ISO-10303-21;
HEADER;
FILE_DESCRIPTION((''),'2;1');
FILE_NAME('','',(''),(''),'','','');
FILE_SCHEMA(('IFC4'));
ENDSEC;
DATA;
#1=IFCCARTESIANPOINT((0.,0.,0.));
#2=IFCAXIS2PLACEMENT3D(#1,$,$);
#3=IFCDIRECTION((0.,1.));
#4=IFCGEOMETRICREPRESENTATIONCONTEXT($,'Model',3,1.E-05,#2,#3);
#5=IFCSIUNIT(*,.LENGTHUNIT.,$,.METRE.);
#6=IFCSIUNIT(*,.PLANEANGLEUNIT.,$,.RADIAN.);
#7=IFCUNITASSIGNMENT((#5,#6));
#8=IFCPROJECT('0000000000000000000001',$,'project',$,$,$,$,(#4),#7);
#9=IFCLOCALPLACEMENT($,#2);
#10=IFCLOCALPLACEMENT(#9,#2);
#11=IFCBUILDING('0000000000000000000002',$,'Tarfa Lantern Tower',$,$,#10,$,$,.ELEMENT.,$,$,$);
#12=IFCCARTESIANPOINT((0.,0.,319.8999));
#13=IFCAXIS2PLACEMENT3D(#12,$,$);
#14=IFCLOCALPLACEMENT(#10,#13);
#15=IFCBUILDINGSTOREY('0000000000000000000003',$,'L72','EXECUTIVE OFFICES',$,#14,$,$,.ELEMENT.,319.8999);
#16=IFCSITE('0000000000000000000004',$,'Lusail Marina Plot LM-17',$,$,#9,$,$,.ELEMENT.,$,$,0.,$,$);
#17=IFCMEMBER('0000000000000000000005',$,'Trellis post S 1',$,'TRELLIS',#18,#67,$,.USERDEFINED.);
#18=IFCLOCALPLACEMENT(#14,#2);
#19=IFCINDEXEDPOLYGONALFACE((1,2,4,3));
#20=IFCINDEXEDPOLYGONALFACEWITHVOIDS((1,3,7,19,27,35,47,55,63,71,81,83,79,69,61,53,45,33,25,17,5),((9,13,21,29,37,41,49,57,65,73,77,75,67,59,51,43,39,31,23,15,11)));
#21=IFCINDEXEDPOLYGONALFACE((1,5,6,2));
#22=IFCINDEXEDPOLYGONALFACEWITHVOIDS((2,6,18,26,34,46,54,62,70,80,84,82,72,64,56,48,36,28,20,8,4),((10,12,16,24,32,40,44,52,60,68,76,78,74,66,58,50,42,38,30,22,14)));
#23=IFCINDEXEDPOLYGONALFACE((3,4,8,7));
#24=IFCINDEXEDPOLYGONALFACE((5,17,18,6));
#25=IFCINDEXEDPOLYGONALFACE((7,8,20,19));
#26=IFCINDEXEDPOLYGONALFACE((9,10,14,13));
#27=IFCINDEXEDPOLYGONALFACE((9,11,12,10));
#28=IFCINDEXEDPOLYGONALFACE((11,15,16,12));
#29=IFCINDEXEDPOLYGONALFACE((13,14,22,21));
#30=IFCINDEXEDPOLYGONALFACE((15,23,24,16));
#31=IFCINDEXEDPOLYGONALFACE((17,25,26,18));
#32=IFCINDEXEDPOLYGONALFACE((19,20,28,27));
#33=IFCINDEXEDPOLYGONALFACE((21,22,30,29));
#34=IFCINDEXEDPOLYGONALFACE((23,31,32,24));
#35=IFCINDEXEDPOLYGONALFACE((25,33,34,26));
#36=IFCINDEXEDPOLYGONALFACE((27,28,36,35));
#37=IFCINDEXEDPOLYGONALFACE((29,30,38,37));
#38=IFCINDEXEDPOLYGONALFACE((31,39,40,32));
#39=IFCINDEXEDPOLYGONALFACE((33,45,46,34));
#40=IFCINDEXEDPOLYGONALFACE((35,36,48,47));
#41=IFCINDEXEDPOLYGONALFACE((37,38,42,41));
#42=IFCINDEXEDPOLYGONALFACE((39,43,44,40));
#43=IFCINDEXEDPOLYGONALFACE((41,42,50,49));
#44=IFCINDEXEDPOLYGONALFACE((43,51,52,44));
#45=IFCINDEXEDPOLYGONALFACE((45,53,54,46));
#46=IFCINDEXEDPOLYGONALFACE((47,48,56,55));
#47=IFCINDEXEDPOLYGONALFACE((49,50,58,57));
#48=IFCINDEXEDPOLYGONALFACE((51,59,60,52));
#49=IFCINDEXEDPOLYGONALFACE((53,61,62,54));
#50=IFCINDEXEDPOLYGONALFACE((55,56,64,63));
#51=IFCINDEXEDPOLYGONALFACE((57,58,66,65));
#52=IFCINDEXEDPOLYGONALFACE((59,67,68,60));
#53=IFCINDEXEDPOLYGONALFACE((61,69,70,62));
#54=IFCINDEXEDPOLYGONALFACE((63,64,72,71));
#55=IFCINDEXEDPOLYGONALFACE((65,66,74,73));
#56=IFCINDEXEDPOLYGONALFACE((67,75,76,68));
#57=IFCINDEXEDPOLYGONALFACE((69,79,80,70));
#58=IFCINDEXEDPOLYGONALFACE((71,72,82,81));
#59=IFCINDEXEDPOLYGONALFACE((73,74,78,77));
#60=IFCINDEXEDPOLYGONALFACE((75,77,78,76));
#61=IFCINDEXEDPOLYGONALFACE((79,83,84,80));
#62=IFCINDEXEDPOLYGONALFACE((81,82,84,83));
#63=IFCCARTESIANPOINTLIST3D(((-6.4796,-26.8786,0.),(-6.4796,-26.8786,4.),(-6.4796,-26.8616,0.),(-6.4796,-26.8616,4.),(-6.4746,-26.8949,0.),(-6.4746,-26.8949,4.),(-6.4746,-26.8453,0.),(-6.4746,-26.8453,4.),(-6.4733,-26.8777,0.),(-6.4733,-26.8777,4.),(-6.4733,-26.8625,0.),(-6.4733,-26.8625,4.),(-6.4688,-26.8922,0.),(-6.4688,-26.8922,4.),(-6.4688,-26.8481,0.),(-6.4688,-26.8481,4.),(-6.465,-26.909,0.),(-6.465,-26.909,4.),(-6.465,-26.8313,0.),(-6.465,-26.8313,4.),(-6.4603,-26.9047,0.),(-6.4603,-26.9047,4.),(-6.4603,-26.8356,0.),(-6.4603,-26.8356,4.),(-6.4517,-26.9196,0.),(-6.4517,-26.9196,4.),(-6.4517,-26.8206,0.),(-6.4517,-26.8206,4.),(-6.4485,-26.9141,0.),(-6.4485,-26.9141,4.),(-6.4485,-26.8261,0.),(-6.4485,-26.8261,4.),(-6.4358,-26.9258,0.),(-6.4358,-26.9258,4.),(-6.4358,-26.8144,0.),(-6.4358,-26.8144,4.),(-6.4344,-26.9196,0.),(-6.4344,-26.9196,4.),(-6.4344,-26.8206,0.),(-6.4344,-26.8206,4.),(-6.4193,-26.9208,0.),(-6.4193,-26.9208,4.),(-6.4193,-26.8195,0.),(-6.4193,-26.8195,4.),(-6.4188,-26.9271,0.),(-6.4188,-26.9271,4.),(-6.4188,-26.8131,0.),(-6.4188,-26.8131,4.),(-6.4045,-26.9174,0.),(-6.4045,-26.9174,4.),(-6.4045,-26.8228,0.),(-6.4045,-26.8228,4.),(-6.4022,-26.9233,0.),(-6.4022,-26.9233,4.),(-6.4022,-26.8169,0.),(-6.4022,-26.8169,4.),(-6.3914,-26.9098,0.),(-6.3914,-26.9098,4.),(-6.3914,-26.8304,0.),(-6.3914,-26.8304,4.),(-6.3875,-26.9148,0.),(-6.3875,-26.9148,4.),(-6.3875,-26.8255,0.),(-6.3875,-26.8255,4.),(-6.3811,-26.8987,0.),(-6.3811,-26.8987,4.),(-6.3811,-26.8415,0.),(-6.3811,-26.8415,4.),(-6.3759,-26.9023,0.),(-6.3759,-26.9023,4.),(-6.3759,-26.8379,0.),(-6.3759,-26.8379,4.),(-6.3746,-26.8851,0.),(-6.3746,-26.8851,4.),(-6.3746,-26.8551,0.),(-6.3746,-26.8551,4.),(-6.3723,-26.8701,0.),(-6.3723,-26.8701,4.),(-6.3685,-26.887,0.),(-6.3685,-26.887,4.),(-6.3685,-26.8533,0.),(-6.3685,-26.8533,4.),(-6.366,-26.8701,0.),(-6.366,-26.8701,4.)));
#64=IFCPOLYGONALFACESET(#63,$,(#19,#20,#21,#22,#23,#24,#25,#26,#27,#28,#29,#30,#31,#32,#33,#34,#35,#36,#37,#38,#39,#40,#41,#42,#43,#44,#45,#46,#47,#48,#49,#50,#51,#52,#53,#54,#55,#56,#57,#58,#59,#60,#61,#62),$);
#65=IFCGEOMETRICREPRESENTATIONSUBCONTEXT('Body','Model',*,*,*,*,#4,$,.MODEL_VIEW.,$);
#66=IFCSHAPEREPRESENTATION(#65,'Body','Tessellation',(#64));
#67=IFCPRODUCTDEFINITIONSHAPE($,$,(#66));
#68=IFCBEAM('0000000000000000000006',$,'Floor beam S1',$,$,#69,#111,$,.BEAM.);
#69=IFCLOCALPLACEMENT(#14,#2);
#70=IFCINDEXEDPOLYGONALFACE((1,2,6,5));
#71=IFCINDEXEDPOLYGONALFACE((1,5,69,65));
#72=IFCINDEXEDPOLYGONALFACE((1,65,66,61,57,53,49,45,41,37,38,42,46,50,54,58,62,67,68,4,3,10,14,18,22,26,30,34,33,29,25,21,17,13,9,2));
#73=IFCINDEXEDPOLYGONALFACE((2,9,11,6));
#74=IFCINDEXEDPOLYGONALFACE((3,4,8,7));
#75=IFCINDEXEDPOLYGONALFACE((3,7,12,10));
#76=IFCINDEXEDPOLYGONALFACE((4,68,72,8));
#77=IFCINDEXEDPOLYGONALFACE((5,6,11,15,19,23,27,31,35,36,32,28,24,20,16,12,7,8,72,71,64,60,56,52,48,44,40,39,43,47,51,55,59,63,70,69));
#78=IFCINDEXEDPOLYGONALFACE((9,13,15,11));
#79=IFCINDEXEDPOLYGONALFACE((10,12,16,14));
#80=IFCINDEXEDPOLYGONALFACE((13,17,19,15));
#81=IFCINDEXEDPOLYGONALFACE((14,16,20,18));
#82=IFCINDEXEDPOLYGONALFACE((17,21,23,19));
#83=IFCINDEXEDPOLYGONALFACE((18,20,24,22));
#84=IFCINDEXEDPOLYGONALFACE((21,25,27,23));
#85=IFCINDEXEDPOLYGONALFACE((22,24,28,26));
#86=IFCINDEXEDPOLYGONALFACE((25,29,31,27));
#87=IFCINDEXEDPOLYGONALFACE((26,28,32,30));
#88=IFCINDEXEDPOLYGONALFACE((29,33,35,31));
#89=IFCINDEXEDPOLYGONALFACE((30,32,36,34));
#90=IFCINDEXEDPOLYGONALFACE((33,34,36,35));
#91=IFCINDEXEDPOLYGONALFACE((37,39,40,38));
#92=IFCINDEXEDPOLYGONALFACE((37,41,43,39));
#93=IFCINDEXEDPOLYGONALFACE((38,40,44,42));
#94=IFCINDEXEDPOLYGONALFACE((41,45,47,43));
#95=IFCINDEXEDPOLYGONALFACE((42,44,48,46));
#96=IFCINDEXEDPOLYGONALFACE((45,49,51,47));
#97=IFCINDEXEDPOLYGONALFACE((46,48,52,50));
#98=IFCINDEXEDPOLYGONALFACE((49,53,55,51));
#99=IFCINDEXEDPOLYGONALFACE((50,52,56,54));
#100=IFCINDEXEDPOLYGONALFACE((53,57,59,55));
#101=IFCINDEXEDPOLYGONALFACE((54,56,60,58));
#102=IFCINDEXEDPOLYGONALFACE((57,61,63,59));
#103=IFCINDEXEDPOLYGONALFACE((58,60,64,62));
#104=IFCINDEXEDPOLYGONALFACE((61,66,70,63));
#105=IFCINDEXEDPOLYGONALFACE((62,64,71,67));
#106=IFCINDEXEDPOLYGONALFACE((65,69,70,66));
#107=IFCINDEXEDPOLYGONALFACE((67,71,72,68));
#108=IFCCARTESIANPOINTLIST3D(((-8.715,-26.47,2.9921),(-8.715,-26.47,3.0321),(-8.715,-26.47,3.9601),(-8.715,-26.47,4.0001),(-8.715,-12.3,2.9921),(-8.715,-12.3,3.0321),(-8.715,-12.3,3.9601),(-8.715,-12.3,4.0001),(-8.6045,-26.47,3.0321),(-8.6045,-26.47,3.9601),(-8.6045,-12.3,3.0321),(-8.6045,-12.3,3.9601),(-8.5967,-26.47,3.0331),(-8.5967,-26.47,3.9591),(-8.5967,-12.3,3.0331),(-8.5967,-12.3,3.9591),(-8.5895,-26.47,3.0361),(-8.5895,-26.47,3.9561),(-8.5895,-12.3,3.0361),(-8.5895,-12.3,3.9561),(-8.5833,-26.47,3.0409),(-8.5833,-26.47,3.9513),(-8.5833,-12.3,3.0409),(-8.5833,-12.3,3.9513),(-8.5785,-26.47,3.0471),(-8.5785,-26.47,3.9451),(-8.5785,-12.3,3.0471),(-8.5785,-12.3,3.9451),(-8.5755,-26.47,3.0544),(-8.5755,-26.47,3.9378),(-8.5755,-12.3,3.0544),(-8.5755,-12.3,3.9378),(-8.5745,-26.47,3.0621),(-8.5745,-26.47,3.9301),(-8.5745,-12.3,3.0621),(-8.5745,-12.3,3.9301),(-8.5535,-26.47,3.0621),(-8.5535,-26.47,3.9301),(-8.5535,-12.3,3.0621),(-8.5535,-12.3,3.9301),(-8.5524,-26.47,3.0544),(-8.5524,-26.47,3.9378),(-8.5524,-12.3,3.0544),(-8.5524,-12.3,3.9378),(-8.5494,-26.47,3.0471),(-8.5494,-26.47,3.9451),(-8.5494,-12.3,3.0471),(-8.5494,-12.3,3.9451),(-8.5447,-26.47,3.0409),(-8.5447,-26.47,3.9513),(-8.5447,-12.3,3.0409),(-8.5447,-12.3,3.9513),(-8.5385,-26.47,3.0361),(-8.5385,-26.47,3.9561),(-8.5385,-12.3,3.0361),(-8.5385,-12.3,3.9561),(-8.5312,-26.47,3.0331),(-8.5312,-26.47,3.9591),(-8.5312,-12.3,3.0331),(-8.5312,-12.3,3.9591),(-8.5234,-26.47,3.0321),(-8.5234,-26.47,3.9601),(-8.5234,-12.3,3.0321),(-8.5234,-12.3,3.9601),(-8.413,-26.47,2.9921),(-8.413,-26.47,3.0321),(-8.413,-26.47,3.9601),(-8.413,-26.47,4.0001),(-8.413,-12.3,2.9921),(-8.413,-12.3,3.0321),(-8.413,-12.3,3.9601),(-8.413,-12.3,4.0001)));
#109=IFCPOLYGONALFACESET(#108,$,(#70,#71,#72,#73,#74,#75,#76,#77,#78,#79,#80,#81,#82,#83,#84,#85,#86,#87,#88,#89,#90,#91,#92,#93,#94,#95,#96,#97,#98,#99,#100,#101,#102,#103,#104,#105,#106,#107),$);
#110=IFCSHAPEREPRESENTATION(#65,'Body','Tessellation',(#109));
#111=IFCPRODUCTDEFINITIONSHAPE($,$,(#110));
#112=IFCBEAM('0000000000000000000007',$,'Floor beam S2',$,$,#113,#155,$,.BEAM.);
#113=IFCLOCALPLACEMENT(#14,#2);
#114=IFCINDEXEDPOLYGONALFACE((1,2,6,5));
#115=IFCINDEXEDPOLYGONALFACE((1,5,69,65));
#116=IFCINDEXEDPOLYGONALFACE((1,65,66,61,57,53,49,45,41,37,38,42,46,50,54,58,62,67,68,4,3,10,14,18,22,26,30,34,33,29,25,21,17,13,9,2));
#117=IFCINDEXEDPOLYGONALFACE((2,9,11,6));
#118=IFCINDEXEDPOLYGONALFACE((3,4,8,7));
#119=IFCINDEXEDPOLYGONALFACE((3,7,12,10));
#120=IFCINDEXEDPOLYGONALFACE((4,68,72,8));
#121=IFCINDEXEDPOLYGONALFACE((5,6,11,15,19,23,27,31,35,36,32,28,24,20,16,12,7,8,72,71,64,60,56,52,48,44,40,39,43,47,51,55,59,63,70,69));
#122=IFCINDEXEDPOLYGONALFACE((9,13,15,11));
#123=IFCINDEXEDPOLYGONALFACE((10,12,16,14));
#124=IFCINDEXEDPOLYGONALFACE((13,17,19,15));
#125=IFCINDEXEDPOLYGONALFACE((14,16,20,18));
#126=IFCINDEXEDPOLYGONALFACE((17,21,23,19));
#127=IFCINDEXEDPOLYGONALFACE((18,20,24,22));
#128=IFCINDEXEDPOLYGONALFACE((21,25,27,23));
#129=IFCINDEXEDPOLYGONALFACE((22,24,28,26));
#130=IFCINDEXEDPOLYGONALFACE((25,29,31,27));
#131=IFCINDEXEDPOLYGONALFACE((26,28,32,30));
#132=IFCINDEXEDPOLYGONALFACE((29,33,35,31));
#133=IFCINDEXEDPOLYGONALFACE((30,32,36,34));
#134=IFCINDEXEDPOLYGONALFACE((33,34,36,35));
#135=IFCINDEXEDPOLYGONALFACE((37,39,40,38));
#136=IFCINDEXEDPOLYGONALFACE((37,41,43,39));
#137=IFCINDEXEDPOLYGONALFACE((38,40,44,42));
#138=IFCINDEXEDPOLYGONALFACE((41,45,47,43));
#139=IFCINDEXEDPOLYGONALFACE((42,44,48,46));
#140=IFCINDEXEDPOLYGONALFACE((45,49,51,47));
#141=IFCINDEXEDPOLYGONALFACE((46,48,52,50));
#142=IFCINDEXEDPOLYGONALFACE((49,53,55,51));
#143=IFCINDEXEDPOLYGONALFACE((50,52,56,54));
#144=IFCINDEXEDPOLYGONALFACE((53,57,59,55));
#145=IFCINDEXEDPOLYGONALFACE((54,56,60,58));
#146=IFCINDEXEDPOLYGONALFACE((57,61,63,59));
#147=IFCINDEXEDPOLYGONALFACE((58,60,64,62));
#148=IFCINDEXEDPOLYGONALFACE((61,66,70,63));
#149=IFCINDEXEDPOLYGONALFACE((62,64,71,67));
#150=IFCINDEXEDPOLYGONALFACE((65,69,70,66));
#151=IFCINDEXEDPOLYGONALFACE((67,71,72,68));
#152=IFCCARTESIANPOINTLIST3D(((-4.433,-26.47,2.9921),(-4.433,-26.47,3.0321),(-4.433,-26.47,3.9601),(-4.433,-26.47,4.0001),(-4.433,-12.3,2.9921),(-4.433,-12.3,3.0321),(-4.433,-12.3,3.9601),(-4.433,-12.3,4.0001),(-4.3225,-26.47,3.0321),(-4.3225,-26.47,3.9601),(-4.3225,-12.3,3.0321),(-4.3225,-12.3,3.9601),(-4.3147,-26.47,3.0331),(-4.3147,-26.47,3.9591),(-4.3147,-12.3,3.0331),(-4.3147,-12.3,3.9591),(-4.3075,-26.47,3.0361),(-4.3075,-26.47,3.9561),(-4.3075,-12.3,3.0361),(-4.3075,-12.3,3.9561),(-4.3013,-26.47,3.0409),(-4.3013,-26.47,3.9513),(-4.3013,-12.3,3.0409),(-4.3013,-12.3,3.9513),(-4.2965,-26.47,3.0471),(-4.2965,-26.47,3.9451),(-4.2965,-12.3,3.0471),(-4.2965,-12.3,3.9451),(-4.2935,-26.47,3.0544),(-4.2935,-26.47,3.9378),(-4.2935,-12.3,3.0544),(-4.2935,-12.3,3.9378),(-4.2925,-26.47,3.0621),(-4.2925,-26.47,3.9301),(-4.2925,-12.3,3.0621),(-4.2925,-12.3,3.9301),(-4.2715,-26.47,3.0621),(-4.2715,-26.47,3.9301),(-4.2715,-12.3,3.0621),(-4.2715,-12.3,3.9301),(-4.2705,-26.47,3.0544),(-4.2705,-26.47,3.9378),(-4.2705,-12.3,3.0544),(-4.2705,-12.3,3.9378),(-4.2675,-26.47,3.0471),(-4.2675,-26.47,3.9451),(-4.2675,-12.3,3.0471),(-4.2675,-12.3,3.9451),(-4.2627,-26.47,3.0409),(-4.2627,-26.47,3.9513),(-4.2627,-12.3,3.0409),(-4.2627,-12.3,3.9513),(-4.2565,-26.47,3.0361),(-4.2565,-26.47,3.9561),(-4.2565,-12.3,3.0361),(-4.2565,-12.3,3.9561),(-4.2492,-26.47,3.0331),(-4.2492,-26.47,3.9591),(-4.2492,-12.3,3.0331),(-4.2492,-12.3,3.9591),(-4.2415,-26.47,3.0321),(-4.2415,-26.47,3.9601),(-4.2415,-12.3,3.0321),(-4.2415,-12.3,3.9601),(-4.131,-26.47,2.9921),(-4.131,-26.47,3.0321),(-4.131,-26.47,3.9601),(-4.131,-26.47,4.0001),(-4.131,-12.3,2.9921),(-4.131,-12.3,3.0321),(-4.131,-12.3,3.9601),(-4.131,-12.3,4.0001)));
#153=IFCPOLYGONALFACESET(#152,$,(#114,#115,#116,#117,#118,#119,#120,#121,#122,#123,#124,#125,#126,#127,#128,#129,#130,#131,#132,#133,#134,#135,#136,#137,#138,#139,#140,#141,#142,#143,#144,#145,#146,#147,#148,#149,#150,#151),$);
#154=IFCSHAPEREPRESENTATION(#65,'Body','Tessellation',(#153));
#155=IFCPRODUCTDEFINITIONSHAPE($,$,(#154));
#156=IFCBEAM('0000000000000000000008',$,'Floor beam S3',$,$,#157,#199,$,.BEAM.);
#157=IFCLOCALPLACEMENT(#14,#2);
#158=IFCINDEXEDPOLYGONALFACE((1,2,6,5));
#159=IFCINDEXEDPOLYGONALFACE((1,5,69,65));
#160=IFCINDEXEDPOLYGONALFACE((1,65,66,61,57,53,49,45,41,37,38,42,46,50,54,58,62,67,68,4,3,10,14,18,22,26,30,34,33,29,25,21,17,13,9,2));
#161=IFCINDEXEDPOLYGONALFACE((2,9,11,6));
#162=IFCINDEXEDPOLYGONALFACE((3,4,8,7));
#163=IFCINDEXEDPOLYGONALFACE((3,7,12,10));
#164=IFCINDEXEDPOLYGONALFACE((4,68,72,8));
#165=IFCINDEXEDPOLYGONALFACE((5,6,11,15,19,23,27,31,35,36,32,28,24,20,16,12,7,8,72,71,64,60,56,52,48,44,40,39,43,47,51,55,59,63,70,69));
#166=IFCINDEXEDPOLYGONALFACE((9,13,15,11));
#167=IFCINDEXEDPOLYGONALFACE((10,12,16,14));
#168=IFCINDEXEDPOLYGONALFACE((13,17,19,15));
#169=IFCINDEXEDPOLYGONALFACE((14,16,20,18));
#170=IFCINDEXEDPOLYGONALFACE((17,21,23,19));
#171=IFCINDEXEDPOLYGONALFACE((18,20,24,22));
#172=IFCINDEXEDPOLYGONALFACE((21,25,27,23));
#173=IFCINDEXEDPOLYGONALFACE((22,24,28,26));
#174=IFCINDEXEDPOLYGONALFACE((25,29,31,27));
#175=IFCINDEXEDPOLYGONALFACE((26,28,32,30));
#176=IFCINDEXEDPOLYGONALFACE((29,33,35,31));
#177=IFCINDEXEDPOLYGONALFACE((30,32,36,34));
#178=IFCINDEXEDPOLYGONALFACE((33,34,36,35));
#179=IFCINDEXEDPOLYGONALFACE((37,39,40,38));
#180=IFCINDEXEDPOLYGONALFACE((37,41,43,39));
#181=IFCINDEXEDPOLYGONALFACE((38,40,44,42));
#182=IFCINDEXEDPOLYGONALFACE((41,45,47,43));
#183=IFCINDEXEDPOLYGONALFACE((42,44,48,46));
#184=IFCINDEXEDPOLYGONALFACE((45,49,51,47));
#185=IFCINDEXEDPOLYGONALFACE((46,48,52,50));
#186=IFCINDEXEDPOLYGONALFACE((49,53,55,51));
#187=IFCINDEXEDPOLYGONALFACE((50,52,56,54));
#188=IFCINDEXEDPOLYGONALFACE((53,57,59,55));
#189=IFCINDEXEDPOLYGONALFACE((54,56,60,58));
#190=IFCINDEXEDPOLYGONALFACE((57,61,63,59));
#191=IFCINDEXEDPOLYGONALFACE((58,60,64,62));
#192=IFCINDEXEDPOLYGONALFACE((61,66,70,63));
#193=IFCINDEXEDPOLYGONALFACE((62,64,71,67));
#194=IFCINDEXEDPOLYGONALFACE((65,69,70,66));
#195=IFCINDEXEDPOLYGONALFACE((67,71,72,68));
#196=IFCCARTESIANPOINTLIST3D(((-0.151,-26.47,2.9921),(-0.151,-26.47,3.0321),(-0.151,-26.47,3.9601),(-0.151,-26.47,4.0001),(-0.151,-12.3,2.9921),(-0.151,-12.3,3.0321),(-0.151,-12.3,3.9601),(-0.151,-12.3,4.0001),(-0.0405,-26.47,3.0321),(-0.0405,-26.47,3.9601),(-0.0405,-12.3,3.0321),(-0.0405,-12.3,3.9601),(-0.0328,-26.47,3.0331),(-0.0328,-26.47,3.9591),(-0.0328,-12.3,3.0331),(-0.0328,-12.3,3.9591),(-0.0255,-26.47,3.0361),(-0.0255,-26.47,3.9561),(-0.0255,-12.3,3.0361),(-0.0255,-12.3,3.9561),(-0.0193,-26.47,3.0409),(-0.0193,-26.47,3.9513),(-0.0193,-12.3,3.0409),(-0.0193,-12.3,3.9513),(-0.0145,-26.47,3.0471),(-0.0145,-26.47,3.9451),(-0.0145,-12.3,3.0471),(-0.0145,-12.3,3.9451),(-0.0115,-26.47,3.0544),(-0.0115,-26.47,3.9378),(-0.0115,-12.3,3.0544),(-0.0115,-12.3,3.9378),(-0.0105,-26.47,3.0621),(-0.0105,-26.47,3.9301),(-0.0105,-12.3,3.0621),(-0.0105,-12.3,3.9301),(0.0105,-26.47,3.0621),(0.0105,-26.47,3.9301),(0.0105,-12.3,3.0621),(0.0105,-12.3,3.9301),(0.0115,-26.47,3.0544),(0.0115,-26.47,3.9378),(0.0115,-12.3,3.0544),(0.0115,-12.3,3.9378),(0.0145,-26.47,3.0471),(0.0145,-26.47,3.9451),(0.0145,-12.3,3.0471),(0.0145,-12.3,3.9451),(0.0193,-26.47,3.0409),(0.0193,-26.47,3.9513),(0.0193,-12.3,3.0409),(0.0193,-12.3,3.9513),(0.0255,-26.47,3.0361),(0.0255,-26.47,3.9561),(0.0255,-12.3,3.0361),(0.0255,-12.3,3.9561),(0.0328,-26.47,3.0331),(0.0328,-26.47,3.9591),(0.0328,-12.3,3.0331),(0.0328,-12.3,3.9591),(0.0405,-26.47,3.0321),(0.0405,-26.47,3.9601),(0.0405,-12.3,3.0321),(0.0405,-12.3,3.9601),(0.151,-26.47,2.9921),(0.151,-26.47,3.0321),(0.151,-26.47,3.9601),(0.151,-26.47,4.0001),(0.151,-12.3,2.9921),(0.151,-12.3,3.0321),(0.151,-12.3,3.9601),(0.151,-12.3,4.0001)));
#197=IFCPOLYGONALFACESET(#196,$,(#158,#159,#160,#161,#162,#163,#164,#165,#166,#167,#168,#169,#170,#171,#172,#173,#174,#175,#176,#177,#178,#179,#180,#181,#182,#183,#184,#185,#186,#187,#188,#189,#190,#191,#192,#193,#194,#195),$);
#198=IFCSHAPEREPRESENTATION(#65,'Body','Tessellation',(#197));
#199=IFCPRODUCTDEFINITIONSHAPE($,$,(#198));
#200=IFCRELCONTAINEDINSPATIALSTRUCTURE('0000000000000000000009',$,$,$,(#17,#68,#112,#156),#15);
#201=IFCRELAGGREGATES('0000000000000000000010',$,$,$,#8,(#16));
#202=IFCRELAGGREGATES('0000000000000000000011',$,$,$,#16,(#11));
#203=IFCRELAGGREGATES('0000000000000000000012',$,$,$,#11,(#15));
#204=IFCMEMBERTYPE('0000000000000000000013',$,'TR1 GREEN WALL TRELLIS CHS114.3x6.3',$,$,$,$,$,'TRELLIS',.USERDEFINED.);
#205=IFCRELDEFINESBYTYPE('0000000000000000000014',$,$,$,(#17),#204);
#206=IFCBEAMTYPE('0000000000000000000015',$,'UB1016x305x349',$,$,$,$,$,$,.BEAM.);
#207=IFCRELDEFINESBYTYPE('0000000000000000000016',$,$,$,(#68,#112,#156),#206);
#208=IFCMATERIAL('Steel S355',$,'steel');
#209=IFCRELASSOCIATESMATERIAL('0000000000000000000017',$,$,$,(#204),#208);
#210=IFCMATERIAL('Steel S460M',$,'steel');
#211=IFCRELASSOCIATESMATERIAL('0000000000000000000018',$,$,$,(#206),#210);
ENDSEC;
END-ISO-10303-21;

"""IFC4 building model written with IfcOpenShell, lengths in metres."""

from ifc_helpers import new_model, si_unit, direction, frame, origin, origin_2d, place, context, subcontext, project, spatial, hollow_circle, i_section, extrude, material, material_profile, profile_set, type_object, element, save


model = new_model("IFC4")

# Units and contexts
model_context = context("Model", 3, precision=1e-05, world=origin(), true_north=direction((0.0, 1.0)))
body_context = subcontext(model_context, "Body", "Model", "MODEL_VIEW")
ifc_project = project(units=[si_unit("LENGTHUNIT", "METRE"), si_unit("PLANEANGLEUNIT", "RADIAN")], contexts=[model_context])

# Site, building, storey
site_placement = place(None, origin())
site = spatial("IfcSite", under=ifc_project, at=site_placement, Name="Lusail Marina Plot LM-17", CompositionType="ELEMENT", RefElevation=0.0)
building_placement = place(site_placement, origin())
building = spatial("IfcBuilding", under=site, at=building_placement, Name="Tarfa Lantern Tower", CompositionType="ELEMENT")
storey_placement = place(building_placement, frame((0.0, 0.0, 319.8999)))
storey = spatial("IfcBuildingStorey", under=building, at=storey_placement, Name="L72", Description="EXECUTIVE OFFICES", CompositionType="ELEMENT", Elevation=319.8999)

# Member
ifc_material_1 = material(Name="Steel S355", Category="steel")
ifc_material_profile_1 = material_profile(ifc_material_1, hollow_circle(Radius=0.0571, WallThickness=0.0063, at=origin_2d()), Name="CHS114.3x6.3")
ifc_profile_set_1 = profile_set([ifc_material_profile_1], Name="Steel S355")
member_type_1 = type_object("IfcMemberType", Name="TR1 GREEN WALL TRELLIS CHS114.3x6.3", ElementType="TRELLIS", PredefinedType="USERDEFINED", material=ifc_profile_set_1)
member_1_placement = place(storey_placement, frame((-6.4231, -26.8701, 0.0), z_axis=(0.0, 0.0, 1.0), x_axis=(1.0, 0.0, 0.0)))
element("IfcMember", 1, at=member_1_placement, inside=storey, type_object=member_type_1, Name="Trellis post S 1", ObjectType="TRELLIS", PredefinedType="USERDEFINED", context=body_context, shape_type="SweptSolid", body=[
    extrude(hollow_circle(Radius=0.0571, WallThickness=0.0063, at=origin_2d()), origin(), (0.0, 0.0, 1.0), 4.0),
])

# Beams
ifc_material_2 = material(Name="Steel S460M", Category="steel")
ifc_material_profile_2 = material_profile(ifc_material_2, i_section(OverallWidth=0.302, OverallDepth=1.0081, WebThickness=0.021, FlangeThickness=0.04, FilletRadius=0.03, at=origin_2d()), Name="UB1016x305x349")
ifc_profile_set_2 = profile_set([ifc_material_profile_2], Name="Steel S460M")
beam_type_1 = type_object("IfcBeamType", Name="UB1016x305x349", PredefinedType="BEAM", material=ifc_profile_set_2)
for number, where, z_axis, x_axis, name in (
    (2, (-8.564, -26.47, 3.4961), (0.0, 1.0, 0.0), (-1.0, 0.0, 0.0), "Floor beam S1"),
    (3, (-4.282, -26.47, 3.4961), (0.0, 1.0, 0.0), (-1.0, 0.0, 0.0), "Floor beam S2"),
    (4, (0.0, -26.47, 3.4961), (0.0, 1.0, 0.0), (-1.0, 0.0, 0.0), "Floor beam S3"),
):
    element("IfcBeam", number, at=place(storey_placement, frame(where, z_axis=z_axis, x_axis=x_axis)), inside=storey, type_object=beam_type_1, Name=name, PredefinedType="BEAM", context=body_context, shape_type="SweptSolid", body=[
        extrude(i_section(OverallWidth=0.302, OverallDepth=1.0081, WebThickness=0.021, FlangeThickness=0.04, FilletRadius=0.03, at=origin_2d()), origin(), (0.0, 0.0, 1.0), 14.1699),
    ])

save(model, "model.ifc")
